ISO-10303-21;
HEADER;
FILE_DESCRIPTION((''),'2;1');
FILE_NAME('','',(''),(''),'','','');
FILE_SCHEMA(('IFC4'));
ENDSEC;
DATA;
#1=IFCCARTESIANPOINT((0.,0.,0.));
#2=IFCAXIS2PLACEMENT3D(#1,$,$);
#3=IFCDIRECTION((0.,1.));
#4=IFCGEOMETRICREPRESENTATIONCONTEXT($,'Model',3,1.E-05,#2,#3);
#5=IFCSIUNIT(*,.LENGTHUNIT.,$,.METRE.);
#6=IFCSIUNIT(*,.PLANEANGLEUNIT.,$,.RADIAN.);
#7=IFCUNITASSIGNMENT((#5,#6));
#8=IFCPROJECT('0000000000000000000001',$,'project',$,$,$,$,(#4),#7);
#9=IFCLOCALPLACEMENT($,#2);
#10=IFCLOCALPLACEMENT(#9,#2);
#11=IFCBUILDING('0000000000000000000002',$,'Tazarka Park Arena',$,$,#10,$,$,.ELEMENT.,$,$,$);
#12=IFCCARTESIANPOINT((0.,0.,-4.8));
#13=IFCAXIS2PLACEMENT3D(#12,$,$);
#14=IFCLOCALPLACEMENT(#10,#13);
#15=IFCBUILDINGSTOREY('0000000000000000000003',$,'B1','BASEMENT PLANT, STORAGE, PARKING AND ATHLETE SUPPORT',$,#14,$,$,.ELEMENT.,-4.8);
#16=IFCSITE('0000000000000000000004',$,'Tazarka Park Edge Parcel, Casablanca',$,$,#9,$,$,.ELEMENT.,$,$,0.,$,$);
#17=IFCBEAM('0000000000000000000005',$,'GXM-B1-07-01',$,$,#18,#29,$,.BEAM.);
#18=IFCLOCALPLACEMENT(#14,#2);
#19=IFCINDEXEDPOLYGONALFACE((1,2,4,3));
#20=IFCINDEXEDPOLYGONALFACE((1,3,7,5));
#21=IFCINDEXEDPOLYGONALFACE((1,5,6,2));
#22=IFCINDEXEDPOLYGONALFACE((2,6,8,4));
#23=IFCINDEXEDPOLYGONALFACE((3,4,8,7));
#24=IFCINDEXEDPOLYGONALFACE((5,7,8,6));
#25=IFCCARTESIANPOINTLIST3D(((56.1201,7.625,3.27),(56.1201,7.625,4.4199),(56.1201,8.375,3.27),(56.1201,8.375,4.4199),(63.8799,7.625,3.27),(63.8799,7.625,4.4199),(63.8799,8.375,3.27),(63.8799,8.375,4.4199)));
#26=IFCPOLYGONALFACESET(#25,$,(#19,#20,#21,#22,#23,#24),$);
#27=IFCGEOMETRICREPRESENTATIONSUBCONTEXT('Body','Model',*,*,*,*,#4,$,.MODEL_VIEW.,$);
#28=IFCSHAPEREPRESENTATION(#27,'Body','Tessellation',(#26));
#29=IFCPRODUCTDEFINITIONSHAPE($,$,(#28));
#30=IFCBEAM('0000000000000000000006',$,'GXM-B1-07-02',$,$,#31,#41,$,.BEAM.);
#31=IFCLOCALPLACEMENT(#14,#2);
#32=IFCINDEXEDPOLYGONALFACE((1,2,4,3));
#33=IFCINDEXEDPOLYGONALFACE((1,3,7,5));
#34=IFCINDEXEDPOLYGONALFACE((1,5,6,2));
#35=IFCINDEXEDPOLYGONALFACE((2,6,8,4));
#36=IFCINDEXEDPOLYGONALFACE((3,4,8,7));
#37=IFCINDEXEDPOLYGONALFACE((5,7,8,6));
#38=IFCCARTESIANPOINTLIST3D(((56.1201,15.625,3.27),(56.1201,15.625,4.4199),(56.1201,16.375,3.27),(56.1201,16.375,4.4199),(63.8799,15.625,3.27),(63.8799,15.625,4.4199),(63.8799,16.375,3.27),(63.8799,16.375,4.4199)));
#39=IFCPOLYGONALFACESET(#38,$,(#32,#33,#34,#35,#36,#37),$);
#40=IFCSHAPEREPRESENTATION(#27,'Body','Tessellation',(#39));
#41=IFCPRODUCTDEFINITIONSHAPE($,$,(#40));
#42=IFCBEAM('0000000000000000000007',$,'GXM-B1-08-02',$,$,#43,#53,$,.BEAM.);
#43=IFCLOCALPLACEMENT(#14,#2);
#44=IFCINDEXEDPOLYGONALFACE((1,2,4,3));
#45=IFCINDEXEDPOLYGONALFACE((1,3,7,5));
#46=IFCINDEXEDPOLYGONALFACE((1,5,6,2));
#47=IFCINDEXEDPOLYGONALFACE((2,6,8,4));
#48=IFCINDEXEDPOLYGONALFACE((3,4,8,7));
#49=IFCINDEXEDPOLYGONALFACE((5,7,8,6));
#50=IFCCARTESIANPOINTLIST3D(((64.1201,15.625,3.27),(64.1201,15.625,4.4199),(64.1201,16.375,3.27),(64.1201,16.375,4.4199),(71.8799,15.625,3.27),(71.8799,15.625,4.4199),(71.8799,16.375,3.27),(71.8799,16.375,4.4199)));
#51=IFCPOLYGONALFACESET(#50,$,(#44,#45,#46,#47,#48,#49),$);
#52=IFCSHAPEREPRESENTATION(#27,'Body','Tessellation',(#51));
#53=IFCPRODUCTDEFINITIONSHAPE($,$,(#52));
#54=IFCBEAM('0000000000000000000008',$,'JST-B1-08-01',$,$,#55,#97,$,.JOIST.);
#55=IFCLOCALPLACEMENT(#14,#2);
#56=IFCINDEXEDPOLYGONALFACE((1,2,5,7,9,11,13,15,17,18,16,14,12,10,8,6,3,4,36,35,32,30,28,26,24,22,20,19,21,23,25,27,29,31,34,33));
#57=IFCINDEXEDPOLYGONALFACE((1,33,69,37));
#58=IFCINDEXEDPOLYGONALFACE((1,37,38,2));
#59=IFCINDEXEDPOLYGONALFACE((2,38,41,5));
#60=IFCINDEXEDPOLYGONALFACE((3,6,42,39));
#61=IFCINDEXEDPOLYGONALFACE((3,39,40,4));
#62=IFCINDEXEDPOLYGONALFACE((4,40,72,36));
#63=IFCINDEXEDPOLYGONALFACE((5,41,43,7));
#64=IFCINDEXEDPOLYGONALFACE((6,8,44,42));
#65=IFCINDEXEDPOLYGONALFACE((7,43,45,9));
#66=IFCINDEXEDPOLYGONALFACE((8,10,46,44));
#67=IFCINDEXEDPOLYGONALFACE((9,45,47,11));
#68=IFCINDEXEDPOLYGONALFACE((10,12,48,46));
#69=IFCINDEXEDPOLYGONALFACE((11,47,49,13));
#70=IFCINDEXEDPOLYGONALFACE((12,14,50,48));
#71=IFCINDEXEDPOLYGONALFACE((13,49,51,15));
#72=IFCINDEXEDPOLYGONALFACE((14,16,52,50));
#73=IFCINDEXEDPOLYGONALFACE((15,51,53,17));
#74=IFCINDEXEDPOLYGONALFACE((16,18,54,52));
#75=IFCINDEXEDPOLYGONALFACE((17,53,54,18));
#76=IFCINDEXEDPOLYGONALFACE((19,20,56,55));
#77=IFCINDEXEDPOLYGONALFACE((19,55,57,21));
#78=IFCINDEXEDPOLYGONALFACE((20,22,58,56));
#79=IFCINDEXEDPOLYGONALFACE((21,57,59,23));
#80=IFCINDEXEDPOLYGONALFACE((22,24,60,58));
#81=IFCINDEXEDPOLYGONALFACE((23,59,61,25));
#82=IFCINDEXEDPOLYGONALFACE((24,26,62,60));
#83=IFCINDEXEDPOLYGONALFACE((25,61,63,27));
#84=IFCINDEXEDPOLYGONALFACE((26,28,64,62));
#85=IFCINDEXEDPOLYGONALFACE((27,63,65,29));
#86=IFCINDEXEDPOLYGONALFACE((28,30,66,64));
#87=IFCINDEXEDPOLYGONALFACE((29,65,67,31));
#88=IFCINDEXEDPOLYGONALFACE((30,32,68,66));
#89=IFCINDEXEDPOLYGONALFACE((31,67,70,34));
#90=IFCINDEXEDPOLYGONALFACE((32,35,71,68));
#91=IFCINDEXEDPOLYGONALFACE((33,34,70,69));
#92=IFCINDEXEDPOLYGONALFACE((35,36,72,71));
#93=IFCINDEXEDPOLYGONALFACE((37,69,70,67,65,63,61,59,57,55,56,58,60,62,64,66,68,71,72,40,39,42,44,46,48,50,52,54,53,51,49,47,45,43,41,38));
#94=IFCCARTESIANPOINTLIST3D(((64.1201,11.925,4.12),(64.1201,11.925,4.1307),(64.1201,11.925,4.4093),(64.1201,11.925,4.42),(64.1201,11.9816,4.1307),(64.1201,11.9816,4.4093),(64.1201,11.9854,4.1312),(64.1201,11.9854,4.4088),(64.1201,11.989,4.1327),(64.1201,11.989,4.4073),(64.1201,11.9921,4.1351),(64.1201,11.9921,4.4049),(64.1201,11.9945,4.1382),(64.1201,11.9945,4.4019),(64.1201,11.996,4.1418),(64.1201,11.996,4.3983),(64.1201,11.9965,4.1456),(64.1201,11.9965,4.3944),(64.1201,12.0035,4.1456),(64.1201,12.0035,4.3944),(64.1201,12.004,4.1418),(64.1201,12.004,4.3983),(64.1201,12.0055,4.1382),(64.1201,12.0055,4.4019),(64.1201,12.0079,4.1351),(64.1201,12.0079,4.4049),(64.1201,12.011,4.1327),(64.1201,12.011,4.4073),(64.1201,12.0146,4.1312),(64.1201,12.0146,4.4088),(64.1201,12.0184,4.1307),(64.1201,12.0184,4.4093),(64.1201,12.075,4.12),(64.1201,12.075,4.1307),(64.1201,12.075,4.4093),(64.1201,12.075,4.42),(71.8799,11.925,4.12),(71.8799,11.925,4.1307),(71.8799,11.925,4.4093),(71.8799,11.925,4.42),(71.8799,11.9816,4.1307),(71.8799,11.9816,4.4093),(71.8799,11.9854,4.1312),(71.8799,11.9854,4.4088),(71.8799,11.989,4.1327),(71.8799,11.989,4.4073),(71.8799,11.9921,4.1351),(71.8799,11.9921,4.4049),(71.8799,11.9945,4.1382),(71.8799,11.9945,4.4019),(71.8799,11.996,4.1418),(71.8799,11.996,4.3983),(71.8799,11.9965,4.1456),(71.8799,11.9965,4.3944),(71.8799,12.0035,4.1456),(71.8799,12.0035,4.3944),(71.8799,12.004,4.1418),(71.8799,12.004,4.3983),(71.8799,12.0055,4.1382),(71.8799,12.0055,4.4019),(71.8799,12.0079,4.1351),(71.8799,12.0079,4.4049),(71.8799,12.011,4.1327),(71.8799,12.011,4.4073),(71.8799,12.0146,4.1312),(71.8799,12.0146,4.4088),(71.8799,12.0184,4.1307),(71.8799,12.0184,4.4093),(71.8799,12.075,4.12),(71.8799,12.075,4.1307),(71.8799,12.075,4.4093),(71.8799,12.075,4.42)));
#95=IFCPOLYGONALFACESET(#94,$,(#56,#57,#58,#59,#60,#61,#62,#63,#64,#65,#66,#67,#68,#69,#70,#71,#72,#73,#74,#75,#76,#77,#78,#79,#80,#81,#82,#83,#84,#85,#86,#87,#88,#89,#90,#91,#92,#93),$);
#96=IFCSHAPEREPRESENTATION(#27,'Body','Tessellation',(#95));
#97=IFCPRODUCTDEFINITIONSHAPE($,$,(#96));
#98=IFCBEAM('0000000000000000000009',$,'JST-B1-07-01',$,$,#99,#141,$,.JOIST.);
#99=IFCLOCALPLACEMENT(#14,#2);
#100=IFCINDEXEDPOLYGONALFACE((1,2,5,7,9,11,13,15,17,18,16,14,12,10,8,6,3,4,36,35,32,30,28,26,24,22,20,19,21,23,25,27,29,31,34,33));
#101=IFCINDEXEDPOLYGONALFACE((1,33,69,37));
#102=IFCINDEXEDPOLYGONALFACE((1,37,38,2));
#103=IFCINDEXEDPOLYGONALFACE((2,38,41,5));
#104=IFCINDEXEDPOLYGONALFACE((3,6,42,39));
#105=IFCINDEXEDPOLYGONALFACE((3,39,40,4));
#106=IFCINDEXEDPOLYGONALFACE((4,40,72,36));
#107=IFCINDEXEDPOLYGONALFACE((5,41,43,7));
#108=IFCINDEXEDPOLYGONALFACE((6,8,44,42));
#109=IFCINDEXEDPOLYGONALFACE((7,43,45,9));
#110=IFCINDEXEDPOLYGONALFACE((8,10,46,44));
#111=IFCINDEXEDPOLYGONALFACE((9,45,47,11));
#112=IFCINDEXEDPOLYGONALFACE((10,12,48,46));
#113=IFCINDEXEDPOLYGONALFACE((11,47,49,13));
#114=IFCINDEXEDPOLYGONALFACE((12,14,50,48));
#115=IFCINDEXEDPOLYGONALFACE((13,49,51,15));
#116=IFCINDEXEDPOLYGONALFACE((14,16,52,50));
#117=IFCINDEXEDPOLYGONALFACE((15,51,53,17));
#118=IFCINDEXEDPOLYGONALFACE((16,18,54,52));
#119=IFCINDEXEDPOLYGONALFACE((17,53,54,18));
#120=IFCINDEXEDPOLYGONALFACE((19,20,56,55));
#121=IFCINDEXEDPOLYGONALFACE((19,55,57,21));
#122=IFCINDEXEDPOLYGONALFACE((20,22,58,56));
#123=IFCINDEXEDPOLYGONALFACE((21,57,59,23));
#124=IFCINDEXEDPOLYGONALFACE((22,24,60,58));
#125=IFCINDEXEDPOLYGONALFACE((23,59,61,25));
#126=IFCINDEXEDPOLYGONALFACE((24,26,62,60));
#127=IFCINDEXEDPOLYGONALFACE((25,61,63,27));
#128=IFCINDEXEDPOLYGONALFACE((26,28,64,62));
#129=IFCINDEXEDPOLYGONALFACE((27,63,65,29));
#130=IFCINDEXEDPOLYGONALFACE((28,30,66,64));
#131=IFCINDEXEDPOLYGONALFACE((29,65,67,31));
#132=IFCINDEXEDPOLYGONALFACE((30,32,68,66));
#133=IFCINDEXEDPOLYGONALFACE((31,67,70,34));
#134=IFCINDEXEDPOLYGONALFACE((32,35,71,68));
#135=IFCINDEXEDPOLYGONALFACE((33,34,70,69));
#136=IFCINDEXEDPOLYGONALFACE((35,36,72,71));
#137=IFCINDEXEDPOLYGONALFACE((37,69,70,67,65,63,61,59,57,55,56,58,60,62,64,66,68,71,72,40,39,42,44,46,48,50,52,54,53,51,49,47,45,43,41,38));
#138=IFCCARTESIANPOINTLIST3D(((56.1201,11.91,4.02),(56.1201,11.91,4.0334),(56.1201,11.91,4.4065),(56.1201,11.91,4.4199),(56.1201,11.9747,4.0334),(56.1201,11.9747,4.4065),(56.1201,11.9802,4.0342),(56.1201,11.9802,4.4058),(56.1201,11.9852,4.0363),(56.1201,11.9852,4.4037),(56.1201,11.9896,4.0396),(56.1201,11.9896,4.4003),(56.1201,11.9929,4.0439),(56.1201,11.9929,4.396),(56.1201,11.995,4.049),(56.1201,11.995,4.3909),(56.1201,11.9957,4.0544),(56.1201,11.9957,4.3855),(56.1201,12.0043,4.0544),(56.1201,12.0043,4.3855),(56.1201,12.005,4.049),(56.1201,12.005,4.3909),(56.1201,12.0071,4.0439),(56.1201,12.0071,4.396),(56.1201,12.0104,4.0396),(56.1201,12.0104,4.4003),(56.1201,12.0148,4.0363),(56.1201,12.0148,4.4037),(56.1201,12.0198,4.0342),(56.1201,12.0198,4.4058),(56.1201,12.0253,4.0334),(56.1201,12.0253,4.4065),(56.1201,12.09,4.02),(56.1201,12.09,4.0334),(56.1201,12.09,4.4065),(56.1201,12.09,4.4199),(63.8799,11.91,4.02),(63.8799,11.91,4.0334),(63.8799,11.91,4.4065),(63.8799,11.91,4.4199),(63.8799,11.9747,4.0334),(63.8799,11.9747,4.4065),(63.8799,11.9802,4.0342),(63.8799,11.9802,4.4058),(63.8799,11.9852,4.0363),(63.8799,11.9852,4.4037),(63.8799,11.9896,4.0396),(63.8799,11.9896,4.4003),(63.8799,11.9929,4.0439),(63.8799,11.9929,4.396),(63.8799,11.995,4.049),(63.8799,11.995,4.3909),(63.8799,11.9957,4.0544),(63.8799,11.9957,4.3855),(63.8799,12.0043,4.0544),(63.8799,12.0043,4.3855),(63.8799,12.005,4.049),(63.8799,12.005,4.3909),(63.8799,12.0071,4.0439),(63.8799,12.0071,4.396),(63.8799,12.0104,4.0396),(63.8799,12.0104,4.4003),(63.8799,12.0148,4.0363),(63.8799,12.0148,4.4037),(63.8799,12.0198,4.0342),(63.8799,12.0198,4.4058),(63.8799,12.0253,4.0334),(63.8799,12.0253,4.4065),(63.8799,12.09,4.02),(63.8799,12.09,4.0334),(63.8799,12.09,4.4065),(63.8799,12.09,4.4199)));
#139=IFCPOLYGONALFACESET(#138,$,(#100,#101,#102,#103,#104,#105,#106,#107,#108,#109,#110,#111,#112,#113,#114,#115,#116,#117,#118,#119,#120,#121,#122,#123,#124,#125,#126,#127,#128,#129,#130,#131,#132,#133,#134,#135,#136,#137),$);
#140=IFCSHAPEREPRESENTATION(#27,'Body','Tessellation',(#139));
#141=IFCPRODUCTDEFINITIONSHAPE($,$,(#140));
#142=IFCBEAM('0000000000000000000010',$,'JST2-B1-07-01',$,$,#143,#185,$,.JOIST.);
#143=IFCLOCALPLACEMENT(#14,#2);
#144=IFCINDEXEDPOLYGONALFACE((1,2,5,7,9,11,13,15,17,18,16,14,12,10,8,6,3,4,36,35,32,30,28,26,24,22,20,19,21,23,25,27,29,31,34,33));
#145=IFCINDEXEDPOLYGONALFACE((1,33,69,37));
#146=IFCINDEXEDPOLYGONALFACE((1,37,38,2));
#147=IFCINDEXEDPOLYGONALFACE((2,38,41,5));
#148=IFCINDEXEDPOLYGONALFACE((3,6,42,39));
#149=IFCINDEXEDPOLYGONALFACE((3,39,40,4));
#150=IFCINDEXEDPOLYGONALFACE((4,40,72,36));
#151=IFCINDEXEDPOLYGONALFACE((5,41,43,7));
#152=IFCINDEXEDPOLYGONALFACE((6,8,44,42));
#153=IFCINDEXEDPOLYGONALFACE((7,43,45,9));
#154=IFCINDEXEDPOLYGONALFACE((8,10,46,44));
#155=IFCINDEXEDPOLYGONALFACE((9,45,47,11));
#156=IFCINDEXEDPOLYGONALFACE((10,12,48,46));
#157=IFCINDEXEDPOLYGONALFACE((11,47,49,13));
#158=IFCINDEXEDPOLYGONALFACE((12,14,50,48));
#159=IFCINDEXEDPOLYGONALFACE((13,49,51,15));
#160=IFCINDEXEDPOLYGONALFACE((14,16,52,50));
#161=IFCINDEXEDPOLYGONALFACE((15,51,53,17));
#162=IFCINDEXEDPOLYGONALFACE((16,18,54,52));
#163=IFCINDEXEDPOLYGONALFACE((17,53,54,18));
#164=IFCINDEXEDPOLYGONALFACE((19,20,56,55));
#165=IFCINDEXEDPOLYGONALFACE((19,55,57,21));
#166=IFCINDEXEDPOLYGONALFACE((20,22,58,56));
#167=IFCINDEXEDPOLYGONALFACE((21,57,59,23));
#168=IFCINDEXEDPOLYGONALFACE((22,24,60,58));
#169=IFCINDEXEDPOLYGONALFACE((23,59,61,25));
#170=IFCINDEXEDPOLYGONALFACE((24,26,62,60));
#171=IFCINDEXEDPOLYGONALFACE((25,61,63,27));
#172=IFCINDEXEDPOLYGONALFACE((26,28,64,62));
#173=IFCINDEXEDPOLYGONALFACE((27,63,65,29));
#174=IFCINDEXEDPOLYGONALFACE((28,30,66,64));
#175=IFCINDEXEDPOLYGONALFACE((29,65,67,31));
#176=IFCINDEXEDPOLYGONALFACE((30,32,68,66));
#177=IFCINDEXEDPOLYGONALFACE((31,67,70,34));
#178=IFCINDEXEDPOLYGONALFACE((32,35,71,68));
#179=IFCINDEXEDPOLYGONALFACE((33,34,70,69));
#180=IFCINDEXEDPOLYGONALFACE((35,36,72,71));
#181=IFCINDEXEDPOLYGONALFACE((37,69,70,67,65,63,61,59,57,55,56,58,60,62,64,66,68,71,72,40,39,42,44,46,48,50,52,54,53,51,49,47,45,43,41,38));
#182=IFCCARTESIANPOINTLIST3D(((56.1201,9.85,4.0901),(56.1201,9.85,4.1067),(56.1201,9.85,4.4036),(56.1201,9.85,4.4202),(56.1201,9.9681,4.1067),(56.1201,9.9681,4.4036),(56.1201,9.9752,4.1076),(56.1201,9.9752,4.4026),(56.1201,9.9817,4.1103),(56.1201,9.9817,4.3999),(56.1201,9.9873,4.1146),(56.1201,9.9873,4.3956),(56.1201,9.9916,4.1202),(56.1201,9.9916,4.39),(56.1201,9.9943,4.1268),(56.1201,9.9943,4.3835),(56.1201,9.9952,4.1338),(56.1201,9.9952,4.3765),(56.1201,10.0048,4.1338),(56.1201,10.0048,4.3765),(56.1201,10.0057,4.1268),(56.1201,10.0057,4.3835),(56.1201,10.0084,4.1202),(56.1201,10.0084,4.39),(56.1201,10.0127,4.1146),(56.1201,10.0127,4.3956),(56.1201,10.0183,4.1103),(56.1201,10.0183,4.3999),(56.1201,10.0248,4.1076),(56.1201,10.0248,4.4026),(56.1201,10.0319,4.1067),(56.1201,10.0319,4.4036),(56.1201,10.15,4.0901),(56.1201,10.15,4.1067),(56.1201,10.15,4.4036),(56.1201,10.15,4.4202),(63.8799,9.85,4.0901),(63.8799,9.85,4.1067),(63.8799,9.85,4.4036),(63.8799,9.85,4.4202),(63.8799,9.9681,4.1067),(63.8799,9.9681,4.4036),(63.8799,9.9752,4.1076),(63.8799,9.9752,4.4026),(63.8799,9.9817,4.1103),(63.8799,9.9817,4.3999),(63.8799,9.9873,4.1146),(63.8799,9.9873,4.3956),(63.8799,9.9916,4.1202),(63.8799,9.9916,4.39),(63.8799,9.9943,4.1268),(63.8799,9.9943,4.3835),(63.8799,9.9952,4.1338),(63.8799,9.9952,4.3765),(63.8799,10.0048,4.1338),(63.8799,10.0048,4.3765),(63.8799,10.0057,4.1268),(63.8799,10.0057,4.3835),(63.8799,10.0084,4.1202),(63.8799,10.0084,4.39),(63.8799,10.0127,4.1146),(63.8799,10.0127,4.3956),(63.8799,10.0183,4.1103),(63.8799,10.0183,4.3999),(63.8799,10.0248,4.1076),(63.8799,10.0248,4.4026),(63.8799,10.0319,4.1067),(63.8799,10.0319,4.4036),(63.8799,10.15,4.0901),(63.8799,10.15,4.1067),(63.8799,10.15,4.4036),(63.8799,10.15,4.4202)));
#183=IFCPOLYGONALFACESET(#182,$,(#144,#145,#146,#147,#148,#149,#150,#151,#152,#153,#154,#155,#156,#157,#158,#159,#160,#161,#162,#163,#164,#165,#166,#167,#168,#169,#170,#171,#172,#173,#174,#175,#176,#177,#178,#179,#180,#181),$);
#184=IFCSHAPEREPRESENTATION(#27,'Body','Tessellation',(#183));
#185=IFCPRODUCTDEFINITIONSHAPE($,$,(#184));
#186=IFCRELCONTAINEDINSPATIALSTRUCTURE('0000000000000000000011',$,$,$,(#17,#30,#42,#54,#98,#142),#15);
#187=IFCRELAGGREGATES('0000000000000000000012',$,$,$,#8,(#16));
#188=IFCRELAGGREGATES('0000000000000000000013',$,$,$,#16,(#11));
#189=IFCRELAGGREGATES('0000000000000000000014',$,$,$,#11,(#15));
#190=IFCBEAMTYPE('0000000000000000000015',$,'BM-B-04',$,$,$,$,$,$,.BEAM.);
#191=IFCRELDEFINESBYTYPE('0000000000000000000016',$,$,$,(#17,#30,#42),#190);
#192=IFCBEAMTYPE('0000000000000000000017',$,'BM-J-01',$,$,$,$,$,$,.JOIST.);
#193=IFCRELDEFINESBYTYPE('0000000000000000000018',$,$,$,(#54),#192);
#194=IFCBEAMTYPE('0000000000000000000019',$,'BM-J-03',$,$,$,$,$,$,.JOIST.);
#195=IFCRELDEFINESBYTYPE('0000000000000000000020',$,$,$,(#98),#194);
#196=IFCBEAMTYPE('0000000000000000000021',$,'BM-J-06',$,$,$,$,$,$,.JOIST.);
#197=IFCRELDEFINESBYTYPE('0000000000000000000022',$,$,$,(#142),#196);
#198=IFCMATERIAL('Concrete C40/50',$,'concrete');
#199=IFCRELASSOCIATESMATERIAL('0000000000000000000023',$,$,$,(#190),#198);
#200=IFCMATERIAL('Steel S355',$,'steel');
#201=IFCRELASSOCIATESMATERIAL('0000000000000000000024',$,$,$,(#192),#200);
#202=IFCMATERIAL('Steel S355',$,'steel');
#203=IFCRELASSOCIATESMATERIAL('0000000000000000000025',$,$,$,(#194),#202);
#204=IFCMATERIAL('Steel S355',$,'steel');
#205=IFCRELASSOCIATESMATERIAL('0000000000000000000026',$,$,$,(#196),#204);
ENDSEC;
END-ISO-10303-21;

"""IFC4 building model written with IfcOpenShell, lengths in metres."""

from ifc_helpers import new_model, si_unit, direction, frame, origin, origin_2d, place, context, subcontext, project, spatial, rectangle, i_section, extrude, material, material_profile, profile_set, type_object, element, save


model = new_model("IFC4")

# Units and contexts
model_context = context("Model", 3, precision=1e-05, world=origin(), true_north=direction((0.0, 1.0)))
body_context = subcontext(model_context, "Body", "Model", "MODEL_VIEW")
ifc_project = project(units=[si_unit("LENGTHUNIT", "METRE"), si_unit("PLANEANGLEUNIT", "RADIAN")], contexts=[model_context])

# Site, building, storey
site_placement = place(None, origin())
site = spatial("IfcSite", under=ifc_project, at=site_placement, Name="Tazarka Park Edge Parcel, Casablanca", CompositionType="ELEMENT", RefElevation=0.0)
building_placement = place(site_placement, origin())
building = spatial("IfcBuilding", under=site, at=building_placement, Name="Tazarka Park Arena", CompositionType="ELEMENT")
storey_placement = place(building_placement, frame((0.0, 0.0, -4.8)))
storey = spatial("IfcBuildingStorey", under=building, at=storey_placement, Name="B1", Description="BASEMENT PLANT, STORAGE, PARKING AND ATHLETE SUPPORT", CompositionType="ELEMENT", Elevation=-4.8)

# Beams
ifc_material_1 = material(Name="Concrete C40/50", Category="concrete")
ifc_material_profile_1 = material_profile(ifc_material_1, rectangle(XDim=0.75, YDim=1.1499, at=origin_2d()), Name="Concrete C40/50")
ifc_profile_set_1 = profile_set([ifc_material_profile_1], Name="Concrete C40/50")
beam_type_1 = type_object("IfcBeamType", Name="BM-B-04", PredefinedType="BEAM", material=ifc_profile_set_1)
for number, where, z_axis, x_axis, name in (
    (1, (56.1201, 8.0, 3.845), (1.0, 0.0, 0.0), (0.0, 1.0, 0.0), "GXM-B1-07-01"),
    (2, (56.1201, 16.0, 3.845), (1.0, 0.0, 0.0), (0.0, 1.0, 0.0), "GXM-B1-07-02"),
    (3, (64.1201, 16.0, 3.845), (1.0, 0.0, 0.0), (0.0, 1.0, 0.0), "GXM-B1-08-02"),
):
    element("IfcBeam", number, at=place(storey_placement, frame(where, z_axis=z_axis, x_axis=x_axis)), inside=storey, type_object=beam_type_1, Name=name, PredefinedType="BEAM", context=body_context, shape_type="SweptSolid", body=[
        extrude(rectangle(XDim=0.75, YDim=1.1499, at=origin_2d()), origin(), (0.0, 0.0, 1.0), 7.7598),
    ])
ifc_material_2 = material(Name="Steel S355", Category="steel")
ifc_material_profile_2 = material_profile(ifc_material_2, i_section(OverallWidth=0.1499, OverallDepth=0.3, WebThickness=0.0071, FlangeThickness=0.0107, FilletRadius=0.0149, at=origin_2d()), Name="Steel S355")
ifc_profile_set_2 = profile_set([ifc_material_profile_2], Name="Steel S355")
beam_type_2 = type_object("IfcBeamType", Name="BM-J-01", PredefinedType="JOIST", material=ifc_profile_set_2)
beam_1_placement = place(storey_placement, frame((64.1201, 12.0, 4.27), z_axis=(1.0, 0.0, 0.0), x_axis=(0.0, 1.0, 0.0)))
element("IfcBeam", 4, at=beam_1_placement, inside=storey, type_object=beam_type_2, Name="JST-B1-08-01", PredefinedType="JOIST", context=body_context, shape_type="SweptSolid", body=[
    extrude(i_section(OverallWidth=0.1499, OverallDepth=0.3, WebThickness=0.0071, FlangeThickness=0.0107, FilletRadius=0.0149, at=origin_2d()), origin(), (0.0, 0.0, 1.0), 7.7598),
])
ifc_material_3 = material(Name="Steel S355", Category="steel")
ifc_material_profile_3 = material_profile(ifc_material_3, i_section(OverallWidth=0.1799, OverallDepth=0.3999, WebThickness=0.0085, FlangeThickness=0.0134, FilletRadius=0.021, at=origin_2d()), Name="Steel S355")
ifc_profile_set_3 = profile_set([ifc_material_profile_3], Name="Steel S355")
beam_type_3 = type_object("IfcBeamType", Name="BM-J-03", PredefinedType="JOIST", material=ifc_profile_set_3)
beam_2_placement = place(storey_placement, frame((56.1201, 12.0, 4.22), z_axis=(1.0, 0.0, 0.0), x_axis=(0.0, 1.0, 0.0)))
element("IfcBeam", 5, at=beam_2_placement, inside=storey, type_object=beam_type_3, Name="JST-B1-07-01", PredefinedType="JOIST", context=body_context, shape_type="SweptSolid", body=[
    extrude(i_section(OverallWidth=0.1799, OverallDepth=0.3999, WebThickness=0.0085, FlangeThickness=0.0134, FilletRadius=0.021, at=origin_2d()), origin(), (0.0, 0.0, 1.0), 7.7598),
])
ifc_material_4 = material(Name="Steel S355", Category="steel")
ifc_material_profile_4 = material_profile(ifc_material_4, i_section(OverallWidth=0.3, OverallDepth=0.3301, WebThickness=0.0095, FlangeThickness=0.0166, FilletRadius=0.0271, at=origin_2d()), Name="Steel S355")
ifc_profile_set_4 = profile_set([ifc_material_profile_4], Name="Steel S355")
beam_type_4 = type_object("IfcBeamType", Name="BM-J-06", PredefinedType="JOIST", material=ifc_profile_set_4)
beam_3_placement = place(storey_placement, frame((56.1201, 10.0, 4.2551), z_axis=(1.0, 0.0, 0.0), x_axis=(0.0, 1.0, 0.0)))
element("IfcBeam", 6, at=beam_3_placement, inside=storey, type_object=beam_type_4, Name="JST2-B1-07-01", PredefinedType="JOIST", context=body_context, shape_type="SweptSolid", body=[
    extrude(i_section(OverallWidth=0.3, OverallDepth=0.3301, WebThickness=0.0095, FlangeThickness=0.0166, FilletRadius=0.0271, at=origin_2d()), origin(), (0.0, 0.0, 1.0), 7.7598),
])

save(model, "model.ifc")
